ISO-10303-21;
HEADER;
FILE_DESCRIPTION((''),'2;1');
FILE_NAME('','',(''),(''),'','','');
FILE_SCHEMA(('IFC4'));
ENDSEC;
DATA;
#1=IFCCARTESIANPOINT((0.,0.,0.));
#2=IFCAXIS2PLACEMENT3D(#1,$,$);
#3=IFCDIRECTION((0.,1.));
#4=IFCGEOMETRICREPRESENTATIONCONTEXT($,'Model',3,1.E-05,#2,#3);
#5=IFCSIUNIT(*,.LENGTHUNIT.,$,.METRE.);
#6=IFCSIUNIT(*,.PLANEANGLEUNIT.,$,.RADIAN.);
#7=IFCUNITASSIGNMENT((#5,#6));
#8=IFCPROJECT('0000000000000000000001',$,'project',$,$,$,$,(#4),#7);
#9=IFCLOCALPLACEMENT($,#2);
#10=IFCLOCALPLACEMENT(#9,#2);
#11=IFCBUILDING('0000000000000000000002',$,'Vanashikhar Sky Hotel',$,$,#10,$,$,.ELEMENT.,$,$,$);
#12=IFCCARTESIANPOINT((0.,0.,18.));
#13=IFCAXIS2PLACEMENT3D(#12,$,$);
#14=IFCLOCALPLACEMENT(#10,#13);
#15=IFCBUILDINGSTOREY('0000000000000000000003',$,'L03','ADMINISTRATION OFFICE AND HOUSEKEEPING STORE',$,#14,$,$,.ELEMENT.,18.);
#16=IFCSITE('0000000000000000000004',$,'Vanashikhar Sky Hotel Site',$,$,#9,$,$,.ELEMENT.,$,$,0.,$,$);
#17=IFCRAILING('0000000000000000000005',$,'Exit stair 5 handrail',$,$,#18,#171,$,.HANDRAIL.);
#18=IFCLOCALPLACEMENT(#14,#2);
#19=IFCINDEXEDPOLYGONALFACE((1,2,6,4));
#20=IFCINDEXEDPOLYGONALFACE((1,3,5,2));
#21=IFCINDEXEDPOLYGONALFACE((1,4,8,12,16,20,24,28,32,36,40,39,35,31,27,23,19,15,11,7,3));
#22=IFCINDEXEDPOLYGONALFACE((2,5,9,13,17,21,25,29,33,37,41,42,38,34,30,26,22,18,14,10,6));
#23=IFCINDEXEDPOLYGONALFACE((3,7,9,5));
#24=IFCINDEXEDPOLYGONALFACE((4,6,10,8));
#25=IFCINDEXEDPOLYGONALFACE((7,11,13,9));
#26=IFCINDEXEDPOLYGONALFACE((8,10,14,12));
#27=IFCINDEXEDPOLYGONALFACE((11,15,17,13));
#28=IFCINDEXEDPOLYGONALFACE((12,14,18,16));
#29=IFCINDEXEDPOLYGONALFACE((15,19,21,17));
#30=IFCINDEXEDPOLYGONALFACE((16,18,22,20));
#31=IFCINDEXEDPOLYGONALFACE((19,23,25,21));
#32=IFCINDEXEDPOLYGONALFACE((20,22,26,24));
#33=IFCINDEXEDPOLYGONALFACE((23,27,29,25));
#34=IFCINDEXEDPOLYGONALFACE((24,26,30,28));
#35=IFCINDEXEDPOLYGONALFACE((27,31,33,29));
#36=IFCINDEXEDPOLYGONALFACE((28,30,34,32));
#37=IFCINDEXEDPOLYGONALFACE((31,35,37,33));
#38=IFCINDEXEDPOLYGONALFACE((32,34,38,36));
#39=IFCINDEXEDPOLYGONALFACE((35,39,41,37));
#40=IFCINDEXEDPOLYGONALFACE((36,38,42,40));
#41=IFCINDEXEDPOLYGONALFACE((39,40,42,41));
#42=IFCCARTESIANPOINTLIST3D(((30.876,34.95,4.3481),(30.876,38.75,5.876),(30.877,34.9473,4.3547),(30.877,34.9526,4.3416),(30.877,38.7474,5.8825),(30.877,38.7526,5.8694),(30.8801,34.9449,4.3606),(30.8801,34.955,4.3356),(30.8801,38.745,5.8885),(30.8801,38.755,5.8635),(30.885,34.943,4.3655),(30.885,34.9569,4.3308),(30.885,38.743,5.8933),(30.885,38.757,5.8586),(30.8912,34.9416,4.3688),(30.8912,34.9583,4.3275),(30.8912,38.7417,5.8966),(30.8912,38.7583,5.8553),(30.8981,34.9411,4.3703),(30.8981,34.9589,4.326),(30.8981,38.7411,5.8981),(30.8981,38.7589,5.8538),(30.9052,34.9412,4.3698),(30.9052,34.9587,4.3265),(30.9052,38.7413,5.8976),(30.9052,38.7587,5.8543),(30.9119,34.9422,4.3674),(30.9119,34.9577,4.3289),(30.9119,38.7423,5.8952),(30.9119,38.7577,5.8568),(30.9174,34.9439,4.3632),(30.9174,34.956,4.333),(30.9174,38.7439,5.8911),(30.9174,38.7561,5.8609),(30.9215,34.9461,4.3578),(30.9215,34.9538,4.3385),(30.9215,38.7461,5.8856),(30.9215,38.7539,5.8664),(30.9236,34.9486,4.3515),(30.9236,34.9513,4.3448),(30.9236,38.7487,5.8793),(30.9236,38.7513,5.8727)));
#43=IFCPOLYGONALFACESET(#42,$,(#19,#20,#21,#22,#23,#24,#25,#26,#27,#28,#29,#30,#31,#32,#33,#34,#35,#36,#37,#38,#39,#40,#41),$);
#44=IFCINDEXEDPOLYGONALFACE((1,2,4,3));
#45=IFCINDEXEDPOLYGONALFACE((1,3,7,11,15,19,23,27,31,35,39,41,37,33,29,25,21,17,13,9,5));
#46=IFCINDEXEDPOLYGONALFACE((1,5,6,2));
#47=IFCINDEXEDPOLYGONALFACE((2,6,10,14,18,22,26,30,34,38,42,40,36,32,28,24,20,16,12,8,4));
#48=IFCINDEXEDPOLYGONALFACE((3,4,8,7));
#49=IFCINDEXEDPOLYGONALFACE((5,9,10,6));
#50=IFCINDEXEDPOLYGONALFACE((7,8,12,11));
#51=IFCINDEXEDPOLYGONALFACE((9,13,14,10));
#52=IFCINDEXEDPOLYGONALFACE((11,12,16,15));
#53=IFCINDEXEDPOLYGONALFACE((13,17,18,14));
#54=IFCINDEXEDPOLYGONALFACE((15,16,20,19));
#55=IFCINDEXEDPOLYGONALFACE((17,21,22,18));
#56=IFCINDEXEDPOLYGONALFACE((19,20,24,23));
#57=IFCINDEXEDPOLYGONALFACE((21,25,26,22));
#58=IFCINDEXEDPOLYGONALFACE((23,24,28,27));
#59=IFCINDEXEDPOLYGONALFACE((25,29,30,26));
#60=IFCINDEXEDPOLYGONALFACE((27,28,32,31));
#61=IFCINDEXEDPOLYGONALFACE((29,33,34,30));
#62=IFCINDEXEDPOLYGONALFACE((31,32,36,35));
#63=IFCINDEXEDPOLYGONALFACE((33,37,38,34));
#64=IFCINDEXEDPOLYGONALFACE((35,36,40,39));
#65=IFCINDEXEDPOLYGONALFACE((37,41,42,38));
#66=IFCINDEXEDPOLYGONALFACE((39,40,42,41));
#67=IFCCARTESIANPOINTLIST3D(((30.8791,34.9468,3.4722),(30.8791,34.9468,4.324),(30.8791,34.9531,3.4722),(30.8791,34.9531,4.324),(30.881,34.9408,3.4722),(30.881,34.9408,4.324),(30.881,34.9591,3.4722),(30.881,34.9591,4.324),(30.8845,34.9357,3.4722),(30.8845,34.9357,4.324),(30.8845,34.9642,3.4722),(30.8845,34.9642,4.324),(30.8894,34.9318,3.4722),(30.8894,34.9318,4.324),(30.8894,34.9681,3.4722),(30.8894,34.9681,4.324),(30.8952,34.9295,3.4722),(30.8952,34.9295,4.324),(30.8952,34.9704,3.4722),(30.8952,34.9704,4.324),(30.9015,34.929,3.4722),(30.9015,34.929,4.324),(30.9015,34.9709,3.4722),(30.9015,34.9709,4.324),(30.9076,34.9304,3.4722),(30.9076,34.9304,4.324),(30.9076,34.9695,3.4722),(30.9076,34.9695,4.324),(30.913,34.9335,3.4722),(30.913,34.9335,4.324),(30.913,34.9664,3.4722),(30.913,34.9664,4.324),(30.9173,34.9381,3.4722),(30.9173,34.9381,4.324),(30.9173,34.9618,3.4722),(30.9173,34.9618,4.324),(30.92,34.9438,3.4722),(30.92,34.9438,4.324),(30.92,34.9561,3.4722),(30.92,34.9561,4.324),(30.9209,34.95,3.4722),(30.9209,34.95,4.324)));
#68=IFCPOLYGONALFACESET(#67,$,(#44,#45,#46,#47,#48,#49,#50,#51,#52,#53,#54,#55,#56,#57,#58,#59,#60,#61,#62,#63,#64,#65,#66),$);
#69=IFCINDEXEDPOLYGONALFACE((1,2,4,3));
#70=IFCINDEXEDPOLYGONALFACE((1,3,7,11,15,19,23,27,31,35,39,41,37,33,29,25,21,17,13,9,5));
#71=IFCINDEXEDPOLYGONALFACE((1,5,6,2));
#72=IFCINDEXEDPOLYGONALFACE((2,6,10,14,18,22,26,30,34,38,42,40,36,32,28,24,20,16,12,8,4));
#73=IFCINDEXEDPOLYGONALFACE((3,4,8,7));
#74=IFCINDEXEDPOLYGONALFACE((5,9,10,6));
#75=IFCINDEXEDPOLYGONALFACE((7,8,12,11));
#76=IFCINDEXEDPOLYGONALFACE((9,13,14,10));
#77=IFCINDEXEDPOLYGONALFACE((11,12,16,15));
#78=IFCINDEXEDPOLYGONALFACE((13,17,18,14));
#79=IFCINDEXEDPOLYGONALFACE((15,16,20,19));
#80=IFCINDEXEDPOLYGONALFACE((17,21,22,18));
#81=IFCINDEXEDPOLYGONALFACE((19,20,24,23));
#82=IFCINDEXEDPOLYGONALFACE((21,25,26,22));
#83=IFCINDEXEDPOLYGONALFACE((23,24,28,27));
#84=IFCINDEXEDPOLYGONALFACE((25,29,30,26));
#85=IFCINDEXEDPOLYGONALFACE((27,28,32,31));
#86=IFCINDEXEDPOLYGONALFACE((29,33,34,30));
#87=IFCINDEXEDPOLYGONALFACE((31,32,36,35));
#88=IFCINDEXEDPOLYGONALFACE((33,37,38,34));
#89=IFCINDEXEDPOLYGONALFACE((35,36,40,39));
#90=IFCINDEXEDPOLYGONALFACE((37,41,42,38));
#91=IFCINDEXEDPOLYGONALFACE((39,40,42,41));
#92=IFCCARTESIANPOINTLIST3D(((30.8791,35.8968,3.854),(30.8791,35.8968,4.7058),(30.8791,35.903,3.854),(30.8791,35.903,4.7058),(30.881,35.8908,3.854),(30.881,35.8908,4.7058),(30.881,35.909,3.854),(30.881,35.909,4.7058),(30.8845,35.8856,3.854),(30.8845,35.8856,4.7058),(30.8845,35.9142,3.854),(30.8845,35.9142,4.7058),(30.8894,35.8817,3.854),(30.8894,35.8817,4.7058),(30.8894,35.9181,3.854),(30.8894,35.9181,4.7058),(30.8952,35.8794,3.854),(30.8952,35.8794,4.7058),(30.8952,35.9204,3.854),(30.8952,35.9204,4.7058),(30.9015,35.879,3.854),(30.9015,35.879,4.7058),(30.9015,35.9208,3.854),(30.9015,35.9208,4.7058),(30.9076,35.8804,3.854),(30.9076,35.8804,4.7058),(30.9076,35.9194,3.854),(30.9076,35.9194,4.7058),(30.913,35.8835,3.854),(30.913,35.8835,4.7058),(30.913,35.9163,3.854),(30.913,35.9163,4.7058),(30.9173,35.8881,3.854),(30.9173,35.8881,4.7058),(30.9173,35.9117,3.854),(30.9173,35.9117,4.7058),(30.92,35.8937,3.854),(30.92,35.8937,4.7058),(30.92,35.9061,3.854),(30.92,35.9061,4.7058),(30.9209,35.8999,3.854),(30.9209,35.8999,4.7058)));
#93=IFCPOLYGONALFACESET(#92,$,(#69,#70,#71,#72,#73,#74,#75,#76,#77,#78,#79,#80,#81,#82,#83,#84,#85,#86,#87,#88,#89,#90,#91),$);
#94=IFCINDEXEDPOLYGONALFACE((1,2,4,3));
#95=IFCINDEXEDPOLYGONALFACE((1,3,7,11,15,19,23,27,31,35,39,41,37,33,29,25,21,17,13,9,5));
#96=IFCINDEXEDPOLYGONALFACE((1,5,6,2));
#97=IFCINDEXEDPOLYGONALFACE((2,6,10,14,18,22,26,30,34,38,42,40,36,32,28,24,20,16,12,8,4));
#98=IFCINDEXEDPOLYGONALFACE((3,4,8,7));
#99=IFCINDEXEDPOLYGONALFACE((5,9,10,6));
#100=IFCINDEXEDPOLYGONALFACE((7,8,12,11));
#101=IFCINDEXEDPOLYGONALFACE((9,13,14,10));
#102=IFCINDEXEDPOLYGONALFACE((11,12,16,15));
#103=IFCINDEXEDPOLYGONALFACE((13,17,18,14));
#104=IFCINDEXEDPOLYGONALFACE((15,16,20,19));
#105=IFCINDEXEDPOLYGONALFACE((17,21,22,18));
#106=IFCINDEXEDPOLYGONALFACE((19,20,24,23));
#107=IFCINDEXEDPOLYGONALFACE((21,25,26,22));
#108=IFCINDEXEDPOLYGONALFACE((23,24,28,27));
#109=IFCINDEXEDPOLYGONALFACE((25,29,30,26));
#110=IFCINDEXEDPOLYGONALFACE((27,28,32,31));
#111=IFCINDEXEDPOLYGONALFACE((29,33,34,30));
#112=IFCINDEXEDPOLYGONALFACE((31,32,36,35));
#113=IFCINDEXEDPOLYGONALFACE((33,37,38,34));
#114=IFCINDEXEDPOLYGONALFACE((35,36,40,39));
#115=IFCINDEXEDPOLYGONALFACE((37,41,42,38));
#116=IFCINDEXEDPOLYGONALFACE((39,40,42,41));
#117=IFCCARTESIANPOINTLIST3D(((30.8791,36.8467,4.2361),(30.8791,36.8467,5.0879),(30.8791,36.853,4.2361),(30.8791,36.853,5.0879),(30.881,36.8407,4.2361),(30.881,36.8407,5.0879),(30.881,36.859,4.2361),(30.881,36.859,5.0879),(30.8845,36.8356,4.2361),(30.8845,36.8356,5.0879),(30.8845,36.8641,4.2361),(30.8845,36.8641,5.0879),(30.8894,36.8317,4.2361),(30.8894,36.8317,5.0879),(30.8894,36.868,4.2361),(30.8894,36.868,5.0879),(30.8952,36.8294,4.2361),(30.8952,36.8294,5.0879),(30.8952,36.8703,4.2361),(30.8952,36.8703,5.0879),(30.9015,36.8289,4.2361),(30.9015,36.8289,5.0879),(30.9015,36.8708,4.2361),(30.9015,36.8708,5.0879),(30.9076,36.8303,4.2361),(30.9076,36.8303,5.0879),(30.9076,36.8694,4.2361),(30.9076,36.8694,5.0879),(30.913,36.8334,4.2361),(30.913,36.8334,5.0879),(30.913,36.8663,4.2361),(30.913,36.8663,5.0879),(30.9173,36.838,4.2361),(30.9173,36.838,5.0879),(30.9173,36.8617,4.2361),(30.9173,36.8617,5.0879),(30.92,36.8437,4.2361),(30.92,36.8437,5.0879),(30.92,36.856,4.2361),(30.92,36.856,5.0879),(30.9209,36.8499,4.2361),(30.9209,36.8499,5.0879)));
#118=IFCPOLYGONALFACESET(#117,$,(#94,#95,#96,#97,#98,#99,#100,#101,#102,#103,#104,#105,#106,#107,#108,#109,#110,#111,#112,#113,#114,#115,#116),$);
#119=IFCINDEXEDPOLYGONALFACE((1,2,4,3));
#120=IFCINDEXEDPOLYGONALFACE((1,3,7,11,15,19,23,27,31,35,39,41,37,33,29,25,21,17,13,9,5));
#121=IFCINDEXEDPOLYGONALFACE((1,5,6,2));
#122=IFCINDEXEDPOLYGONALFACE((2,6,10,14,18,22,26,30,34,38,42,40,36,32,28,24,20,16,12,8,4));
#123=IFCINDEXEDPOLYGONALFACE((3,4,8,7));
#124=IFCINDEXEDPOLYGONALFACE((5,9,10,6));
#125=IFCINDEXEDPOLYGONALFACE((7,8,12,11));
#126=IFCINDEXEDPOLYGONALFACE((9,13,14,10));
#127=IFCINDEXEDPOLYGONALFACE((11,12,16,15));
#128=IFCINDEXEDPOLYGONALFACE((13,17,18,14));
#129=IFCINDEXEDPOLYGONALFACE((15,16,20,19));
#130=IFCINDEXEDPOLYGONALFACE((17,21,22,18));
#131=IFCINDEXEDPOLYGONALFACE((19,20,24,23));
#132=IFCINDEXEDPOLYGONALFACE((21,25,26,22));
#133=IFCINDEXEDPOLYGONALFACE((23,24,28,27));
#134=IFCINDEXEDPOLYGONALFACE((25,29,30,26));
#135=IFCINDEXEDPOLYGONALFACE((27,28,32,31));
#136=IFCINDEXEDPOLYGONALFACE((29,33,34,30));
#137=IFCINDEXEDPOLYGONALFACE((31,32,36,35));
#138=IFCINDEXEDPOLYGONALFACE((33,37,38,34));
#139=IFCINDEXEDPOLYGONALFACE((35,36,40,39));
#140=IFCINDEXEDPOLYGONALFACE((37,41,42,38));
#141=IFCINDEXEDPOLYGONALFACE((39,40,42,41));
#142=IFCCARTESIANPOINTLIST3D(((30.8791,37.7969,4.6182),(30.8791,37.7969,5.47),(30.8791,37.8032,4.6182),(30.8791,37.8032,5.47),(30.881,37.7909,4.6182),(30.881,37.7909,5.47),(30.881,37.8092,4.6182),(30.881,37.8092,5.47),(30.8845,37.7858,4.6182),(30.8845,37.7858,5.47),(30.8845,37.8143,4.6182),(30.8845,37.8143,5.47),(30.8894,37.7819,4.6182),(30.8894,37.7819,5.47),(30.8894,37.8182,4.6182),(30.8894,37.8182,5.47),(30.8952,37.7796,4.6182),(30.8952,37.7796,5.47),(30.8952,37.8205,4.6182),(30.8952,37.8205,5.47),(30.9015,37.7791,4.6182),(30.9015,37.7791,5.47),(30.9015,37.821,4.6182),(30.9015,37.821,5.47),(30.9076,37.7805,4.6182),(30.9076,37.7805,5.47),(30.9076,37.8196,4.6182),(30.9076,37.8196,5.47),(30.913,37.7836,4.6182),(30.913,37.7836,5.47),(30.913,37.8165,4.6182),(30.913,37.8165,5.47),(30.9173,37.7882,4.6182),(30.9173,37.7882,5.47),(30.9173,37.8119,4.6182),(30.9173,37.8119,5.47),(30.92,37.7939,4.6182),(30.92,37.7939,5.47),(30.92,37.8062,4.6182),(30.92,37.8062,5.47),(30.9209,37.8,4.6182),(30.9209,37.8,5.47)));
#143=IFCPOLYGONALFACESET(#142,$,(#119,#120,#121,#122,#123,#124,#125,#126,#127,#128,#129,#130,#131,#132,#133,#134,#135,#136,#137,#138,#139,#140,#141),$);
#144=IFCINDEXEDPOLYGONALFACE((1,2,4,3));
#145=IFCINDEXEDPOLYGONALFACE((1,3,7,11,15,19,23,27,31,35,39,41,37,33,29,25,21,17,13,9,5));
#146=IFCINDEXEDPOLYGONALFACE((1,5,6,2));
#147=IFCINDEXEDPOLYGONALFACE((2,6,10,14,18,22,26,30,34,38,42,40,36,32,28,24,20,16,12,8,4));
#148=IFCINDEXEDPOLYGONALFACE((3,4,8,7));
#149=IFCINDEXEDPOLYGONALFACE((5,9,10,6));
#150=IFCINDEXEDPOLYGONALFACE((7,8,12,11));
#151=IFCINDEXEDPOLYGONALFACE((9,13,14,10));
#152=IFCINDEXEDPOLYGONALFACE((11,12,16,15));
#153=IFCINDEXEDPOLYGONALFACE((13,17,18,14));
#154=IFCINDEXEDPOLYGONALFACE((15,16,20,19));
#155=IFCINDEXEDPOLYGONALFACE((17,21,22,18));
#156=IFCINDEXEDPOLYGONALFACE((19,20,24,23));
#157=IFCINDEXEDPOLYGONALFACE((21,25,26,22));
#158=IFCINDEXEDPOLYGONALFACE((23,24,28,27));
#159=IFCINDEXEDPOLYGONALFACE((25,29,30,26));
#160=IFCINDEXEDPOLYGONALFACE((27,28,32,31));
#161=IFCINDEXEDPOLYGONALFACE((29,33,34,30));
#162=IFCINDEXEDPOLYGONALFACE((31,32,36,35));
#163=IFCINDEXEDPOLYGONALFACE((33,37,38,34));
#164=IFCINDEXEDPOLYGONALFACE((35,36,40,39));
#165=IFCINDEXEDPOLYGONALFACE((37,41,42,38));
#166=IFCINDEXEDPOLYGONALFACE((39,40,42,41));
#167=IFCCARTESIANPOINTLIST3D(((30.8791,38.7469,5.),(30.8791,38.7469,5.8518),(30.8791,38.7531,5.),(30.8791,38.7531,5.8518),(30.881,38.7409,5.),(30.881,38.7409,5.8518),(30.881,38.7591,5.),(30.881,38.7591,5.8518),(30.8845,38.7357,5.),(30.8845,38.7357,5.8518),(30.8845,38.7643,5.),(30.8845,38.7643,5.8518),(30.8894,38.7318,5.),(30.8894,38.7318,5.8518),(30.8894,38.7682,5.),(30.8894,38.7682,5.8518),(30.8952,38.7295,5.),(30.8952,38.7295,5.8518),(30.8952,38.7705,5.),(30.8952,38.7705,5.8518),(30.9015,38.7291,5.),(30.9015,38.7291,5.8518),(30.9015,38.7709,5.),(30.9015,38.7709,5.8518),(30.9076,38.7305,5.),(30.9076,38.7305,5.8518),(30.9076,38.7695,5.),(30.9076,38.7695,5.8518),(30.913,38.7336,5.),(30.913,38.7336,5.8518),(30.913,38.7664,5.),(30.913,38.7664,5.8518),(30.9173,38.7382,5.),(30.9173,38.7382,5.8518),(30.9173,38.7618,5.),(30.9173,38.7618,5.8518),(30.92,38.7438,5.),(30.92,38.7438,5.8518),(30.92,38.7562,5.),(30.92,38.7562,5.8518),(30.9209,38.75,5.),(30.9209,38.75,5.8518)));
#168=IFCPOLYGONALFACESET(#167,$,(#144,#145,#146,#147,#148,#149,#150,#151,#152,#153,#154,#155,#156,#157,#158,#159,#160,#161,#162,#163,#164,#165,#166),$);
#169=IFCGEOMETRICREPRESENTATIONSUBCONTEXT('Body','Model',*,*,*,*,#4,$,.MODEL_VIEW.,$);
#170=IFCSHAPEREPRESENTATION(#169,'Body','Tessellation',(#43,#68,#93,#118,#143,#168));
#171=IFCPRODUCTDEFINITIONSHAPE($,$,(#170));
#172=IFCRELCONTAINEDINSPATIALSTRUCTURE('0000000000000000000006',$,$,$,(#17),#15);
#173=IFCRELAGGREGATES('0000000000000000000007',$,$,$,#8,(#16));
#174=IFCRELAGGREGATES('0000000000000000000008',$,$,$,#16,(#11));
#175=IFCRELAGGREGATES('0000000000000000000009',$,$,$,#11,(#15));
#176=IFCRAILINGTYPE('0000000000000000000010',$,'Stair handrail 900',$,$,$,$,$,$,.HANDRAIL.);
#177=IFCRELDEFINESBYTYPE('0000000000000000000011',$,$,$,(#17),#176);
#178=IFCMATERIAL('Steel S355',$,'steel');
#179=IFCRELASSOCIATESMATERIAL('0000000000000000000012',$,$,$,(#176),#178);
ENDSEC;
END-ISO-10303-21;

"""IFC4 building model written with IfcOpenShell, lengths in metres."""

from ifc_helpers import new_model, si_unit, direction, frame, origin, origin_2d, place, context, subcontext, project, spatial, circle, extrude, source, transform, mapped, material, type_object, element, save


model = new_model("IFC4")

# Units and contexts
model_context = context("Model", 3, precision=1e-05, world=origin(), true_north=direction((0.0, 1.0)))
body_context = subcontext(model_context, "Body", "Model", "MODEL_VIEW")
ifc_project = project(units=[si_unit("LENGTHUNIT", "METRE"), si_unit("PLANEANGLEUNIT", "RADIAN")], contexts=[model_context])

# Site, building, storey
site_placement = place(None, origin())
site = spatial("IfcSite", under=ifc_project, at=site_placement, Name="Vanashikhar Sky Hotel Site", CompositionType="ELEMENT", RefElevation=0.0)
building_placement = place(site_placement, origin())
building = spatial("IfcBuilding", under=site, at=building_placement, Name="Vanashikhar Sky Hotel", CompositionType="ELEMENT")
storey_placement = place(building_placement, frame((0.0, 0.0, 18.0)))
storey = spatial("IfcBuildingStorey", under=building, at=storey_placement, Name="L03", Description="ADMINISTRATION OFFICE AND HOUSEKEEPING STORE", CompositionType="ELEMENT", Elevation=18.0)

# Railing
ifc_material_1 = material(Name="Steel S355", Category="steel")
railing_type = type_object("IfcRailingType", Name="Stair handrail 900", PredefinedType="HANDRAIL", material=ifc_material_1)
shared_shape_1 = source(origin(), body_context, "Body", "SweptSolid", [
    extrude(circle(Radius=0.0239, at=origin_2d()), frame((0.0, 0.0, 0.876), z_axis=(0.0, 0.927817, 0.373034), x_axis=(-1.0, 0.0, 0.0)), (0.0, 0.0, 1.0), 4.0957),
    extrude(circle(Radius=0.021, at=origin_2d()), origin(), (0.0, 0.0, 1.0), 0.8518),
    extrude(circle(Radius=0.021, at=origin_2d()), frame((0.0, 0.95, 0.3818)), (0.0, 0.0, 1.0), 0.8518),
    extrude(circle(Radius=0.021, at=origin_2d()), frame((0.0, 1.8999, 0.7639)), (0.0, 0.0, 1.0), 0.8518),
    extrude(circle(Radius=0.021, at=origin_2d()), frame((0.0, 2.8501, 1.146)), (0.0, 0.0, 1.0), 0.8518),
    extrude(circle(Radius=0.021, at=origin_2d()), frame((0.0, 3.8, 1.5278)), (0.0, 0.0, 1.0), 0.8518),
])
for number, where, name in (
    (1, (30.8999, 34.95, 3.4722), "Exit stair 5 handrail"),
):
    element("IfcRailing", number, at=place(storey_placement, frame(where)), inside=storey, type_object=railing_type, Name=name, PredefinedType="HANDRAIL", context=body_context, shape_type="MappedRepresentation", body=[
        mapped(shared_shape_1, transform((0.0, 0.0, 0.0), scale=1.0)),
    ])

save(model, "model.ifc")
